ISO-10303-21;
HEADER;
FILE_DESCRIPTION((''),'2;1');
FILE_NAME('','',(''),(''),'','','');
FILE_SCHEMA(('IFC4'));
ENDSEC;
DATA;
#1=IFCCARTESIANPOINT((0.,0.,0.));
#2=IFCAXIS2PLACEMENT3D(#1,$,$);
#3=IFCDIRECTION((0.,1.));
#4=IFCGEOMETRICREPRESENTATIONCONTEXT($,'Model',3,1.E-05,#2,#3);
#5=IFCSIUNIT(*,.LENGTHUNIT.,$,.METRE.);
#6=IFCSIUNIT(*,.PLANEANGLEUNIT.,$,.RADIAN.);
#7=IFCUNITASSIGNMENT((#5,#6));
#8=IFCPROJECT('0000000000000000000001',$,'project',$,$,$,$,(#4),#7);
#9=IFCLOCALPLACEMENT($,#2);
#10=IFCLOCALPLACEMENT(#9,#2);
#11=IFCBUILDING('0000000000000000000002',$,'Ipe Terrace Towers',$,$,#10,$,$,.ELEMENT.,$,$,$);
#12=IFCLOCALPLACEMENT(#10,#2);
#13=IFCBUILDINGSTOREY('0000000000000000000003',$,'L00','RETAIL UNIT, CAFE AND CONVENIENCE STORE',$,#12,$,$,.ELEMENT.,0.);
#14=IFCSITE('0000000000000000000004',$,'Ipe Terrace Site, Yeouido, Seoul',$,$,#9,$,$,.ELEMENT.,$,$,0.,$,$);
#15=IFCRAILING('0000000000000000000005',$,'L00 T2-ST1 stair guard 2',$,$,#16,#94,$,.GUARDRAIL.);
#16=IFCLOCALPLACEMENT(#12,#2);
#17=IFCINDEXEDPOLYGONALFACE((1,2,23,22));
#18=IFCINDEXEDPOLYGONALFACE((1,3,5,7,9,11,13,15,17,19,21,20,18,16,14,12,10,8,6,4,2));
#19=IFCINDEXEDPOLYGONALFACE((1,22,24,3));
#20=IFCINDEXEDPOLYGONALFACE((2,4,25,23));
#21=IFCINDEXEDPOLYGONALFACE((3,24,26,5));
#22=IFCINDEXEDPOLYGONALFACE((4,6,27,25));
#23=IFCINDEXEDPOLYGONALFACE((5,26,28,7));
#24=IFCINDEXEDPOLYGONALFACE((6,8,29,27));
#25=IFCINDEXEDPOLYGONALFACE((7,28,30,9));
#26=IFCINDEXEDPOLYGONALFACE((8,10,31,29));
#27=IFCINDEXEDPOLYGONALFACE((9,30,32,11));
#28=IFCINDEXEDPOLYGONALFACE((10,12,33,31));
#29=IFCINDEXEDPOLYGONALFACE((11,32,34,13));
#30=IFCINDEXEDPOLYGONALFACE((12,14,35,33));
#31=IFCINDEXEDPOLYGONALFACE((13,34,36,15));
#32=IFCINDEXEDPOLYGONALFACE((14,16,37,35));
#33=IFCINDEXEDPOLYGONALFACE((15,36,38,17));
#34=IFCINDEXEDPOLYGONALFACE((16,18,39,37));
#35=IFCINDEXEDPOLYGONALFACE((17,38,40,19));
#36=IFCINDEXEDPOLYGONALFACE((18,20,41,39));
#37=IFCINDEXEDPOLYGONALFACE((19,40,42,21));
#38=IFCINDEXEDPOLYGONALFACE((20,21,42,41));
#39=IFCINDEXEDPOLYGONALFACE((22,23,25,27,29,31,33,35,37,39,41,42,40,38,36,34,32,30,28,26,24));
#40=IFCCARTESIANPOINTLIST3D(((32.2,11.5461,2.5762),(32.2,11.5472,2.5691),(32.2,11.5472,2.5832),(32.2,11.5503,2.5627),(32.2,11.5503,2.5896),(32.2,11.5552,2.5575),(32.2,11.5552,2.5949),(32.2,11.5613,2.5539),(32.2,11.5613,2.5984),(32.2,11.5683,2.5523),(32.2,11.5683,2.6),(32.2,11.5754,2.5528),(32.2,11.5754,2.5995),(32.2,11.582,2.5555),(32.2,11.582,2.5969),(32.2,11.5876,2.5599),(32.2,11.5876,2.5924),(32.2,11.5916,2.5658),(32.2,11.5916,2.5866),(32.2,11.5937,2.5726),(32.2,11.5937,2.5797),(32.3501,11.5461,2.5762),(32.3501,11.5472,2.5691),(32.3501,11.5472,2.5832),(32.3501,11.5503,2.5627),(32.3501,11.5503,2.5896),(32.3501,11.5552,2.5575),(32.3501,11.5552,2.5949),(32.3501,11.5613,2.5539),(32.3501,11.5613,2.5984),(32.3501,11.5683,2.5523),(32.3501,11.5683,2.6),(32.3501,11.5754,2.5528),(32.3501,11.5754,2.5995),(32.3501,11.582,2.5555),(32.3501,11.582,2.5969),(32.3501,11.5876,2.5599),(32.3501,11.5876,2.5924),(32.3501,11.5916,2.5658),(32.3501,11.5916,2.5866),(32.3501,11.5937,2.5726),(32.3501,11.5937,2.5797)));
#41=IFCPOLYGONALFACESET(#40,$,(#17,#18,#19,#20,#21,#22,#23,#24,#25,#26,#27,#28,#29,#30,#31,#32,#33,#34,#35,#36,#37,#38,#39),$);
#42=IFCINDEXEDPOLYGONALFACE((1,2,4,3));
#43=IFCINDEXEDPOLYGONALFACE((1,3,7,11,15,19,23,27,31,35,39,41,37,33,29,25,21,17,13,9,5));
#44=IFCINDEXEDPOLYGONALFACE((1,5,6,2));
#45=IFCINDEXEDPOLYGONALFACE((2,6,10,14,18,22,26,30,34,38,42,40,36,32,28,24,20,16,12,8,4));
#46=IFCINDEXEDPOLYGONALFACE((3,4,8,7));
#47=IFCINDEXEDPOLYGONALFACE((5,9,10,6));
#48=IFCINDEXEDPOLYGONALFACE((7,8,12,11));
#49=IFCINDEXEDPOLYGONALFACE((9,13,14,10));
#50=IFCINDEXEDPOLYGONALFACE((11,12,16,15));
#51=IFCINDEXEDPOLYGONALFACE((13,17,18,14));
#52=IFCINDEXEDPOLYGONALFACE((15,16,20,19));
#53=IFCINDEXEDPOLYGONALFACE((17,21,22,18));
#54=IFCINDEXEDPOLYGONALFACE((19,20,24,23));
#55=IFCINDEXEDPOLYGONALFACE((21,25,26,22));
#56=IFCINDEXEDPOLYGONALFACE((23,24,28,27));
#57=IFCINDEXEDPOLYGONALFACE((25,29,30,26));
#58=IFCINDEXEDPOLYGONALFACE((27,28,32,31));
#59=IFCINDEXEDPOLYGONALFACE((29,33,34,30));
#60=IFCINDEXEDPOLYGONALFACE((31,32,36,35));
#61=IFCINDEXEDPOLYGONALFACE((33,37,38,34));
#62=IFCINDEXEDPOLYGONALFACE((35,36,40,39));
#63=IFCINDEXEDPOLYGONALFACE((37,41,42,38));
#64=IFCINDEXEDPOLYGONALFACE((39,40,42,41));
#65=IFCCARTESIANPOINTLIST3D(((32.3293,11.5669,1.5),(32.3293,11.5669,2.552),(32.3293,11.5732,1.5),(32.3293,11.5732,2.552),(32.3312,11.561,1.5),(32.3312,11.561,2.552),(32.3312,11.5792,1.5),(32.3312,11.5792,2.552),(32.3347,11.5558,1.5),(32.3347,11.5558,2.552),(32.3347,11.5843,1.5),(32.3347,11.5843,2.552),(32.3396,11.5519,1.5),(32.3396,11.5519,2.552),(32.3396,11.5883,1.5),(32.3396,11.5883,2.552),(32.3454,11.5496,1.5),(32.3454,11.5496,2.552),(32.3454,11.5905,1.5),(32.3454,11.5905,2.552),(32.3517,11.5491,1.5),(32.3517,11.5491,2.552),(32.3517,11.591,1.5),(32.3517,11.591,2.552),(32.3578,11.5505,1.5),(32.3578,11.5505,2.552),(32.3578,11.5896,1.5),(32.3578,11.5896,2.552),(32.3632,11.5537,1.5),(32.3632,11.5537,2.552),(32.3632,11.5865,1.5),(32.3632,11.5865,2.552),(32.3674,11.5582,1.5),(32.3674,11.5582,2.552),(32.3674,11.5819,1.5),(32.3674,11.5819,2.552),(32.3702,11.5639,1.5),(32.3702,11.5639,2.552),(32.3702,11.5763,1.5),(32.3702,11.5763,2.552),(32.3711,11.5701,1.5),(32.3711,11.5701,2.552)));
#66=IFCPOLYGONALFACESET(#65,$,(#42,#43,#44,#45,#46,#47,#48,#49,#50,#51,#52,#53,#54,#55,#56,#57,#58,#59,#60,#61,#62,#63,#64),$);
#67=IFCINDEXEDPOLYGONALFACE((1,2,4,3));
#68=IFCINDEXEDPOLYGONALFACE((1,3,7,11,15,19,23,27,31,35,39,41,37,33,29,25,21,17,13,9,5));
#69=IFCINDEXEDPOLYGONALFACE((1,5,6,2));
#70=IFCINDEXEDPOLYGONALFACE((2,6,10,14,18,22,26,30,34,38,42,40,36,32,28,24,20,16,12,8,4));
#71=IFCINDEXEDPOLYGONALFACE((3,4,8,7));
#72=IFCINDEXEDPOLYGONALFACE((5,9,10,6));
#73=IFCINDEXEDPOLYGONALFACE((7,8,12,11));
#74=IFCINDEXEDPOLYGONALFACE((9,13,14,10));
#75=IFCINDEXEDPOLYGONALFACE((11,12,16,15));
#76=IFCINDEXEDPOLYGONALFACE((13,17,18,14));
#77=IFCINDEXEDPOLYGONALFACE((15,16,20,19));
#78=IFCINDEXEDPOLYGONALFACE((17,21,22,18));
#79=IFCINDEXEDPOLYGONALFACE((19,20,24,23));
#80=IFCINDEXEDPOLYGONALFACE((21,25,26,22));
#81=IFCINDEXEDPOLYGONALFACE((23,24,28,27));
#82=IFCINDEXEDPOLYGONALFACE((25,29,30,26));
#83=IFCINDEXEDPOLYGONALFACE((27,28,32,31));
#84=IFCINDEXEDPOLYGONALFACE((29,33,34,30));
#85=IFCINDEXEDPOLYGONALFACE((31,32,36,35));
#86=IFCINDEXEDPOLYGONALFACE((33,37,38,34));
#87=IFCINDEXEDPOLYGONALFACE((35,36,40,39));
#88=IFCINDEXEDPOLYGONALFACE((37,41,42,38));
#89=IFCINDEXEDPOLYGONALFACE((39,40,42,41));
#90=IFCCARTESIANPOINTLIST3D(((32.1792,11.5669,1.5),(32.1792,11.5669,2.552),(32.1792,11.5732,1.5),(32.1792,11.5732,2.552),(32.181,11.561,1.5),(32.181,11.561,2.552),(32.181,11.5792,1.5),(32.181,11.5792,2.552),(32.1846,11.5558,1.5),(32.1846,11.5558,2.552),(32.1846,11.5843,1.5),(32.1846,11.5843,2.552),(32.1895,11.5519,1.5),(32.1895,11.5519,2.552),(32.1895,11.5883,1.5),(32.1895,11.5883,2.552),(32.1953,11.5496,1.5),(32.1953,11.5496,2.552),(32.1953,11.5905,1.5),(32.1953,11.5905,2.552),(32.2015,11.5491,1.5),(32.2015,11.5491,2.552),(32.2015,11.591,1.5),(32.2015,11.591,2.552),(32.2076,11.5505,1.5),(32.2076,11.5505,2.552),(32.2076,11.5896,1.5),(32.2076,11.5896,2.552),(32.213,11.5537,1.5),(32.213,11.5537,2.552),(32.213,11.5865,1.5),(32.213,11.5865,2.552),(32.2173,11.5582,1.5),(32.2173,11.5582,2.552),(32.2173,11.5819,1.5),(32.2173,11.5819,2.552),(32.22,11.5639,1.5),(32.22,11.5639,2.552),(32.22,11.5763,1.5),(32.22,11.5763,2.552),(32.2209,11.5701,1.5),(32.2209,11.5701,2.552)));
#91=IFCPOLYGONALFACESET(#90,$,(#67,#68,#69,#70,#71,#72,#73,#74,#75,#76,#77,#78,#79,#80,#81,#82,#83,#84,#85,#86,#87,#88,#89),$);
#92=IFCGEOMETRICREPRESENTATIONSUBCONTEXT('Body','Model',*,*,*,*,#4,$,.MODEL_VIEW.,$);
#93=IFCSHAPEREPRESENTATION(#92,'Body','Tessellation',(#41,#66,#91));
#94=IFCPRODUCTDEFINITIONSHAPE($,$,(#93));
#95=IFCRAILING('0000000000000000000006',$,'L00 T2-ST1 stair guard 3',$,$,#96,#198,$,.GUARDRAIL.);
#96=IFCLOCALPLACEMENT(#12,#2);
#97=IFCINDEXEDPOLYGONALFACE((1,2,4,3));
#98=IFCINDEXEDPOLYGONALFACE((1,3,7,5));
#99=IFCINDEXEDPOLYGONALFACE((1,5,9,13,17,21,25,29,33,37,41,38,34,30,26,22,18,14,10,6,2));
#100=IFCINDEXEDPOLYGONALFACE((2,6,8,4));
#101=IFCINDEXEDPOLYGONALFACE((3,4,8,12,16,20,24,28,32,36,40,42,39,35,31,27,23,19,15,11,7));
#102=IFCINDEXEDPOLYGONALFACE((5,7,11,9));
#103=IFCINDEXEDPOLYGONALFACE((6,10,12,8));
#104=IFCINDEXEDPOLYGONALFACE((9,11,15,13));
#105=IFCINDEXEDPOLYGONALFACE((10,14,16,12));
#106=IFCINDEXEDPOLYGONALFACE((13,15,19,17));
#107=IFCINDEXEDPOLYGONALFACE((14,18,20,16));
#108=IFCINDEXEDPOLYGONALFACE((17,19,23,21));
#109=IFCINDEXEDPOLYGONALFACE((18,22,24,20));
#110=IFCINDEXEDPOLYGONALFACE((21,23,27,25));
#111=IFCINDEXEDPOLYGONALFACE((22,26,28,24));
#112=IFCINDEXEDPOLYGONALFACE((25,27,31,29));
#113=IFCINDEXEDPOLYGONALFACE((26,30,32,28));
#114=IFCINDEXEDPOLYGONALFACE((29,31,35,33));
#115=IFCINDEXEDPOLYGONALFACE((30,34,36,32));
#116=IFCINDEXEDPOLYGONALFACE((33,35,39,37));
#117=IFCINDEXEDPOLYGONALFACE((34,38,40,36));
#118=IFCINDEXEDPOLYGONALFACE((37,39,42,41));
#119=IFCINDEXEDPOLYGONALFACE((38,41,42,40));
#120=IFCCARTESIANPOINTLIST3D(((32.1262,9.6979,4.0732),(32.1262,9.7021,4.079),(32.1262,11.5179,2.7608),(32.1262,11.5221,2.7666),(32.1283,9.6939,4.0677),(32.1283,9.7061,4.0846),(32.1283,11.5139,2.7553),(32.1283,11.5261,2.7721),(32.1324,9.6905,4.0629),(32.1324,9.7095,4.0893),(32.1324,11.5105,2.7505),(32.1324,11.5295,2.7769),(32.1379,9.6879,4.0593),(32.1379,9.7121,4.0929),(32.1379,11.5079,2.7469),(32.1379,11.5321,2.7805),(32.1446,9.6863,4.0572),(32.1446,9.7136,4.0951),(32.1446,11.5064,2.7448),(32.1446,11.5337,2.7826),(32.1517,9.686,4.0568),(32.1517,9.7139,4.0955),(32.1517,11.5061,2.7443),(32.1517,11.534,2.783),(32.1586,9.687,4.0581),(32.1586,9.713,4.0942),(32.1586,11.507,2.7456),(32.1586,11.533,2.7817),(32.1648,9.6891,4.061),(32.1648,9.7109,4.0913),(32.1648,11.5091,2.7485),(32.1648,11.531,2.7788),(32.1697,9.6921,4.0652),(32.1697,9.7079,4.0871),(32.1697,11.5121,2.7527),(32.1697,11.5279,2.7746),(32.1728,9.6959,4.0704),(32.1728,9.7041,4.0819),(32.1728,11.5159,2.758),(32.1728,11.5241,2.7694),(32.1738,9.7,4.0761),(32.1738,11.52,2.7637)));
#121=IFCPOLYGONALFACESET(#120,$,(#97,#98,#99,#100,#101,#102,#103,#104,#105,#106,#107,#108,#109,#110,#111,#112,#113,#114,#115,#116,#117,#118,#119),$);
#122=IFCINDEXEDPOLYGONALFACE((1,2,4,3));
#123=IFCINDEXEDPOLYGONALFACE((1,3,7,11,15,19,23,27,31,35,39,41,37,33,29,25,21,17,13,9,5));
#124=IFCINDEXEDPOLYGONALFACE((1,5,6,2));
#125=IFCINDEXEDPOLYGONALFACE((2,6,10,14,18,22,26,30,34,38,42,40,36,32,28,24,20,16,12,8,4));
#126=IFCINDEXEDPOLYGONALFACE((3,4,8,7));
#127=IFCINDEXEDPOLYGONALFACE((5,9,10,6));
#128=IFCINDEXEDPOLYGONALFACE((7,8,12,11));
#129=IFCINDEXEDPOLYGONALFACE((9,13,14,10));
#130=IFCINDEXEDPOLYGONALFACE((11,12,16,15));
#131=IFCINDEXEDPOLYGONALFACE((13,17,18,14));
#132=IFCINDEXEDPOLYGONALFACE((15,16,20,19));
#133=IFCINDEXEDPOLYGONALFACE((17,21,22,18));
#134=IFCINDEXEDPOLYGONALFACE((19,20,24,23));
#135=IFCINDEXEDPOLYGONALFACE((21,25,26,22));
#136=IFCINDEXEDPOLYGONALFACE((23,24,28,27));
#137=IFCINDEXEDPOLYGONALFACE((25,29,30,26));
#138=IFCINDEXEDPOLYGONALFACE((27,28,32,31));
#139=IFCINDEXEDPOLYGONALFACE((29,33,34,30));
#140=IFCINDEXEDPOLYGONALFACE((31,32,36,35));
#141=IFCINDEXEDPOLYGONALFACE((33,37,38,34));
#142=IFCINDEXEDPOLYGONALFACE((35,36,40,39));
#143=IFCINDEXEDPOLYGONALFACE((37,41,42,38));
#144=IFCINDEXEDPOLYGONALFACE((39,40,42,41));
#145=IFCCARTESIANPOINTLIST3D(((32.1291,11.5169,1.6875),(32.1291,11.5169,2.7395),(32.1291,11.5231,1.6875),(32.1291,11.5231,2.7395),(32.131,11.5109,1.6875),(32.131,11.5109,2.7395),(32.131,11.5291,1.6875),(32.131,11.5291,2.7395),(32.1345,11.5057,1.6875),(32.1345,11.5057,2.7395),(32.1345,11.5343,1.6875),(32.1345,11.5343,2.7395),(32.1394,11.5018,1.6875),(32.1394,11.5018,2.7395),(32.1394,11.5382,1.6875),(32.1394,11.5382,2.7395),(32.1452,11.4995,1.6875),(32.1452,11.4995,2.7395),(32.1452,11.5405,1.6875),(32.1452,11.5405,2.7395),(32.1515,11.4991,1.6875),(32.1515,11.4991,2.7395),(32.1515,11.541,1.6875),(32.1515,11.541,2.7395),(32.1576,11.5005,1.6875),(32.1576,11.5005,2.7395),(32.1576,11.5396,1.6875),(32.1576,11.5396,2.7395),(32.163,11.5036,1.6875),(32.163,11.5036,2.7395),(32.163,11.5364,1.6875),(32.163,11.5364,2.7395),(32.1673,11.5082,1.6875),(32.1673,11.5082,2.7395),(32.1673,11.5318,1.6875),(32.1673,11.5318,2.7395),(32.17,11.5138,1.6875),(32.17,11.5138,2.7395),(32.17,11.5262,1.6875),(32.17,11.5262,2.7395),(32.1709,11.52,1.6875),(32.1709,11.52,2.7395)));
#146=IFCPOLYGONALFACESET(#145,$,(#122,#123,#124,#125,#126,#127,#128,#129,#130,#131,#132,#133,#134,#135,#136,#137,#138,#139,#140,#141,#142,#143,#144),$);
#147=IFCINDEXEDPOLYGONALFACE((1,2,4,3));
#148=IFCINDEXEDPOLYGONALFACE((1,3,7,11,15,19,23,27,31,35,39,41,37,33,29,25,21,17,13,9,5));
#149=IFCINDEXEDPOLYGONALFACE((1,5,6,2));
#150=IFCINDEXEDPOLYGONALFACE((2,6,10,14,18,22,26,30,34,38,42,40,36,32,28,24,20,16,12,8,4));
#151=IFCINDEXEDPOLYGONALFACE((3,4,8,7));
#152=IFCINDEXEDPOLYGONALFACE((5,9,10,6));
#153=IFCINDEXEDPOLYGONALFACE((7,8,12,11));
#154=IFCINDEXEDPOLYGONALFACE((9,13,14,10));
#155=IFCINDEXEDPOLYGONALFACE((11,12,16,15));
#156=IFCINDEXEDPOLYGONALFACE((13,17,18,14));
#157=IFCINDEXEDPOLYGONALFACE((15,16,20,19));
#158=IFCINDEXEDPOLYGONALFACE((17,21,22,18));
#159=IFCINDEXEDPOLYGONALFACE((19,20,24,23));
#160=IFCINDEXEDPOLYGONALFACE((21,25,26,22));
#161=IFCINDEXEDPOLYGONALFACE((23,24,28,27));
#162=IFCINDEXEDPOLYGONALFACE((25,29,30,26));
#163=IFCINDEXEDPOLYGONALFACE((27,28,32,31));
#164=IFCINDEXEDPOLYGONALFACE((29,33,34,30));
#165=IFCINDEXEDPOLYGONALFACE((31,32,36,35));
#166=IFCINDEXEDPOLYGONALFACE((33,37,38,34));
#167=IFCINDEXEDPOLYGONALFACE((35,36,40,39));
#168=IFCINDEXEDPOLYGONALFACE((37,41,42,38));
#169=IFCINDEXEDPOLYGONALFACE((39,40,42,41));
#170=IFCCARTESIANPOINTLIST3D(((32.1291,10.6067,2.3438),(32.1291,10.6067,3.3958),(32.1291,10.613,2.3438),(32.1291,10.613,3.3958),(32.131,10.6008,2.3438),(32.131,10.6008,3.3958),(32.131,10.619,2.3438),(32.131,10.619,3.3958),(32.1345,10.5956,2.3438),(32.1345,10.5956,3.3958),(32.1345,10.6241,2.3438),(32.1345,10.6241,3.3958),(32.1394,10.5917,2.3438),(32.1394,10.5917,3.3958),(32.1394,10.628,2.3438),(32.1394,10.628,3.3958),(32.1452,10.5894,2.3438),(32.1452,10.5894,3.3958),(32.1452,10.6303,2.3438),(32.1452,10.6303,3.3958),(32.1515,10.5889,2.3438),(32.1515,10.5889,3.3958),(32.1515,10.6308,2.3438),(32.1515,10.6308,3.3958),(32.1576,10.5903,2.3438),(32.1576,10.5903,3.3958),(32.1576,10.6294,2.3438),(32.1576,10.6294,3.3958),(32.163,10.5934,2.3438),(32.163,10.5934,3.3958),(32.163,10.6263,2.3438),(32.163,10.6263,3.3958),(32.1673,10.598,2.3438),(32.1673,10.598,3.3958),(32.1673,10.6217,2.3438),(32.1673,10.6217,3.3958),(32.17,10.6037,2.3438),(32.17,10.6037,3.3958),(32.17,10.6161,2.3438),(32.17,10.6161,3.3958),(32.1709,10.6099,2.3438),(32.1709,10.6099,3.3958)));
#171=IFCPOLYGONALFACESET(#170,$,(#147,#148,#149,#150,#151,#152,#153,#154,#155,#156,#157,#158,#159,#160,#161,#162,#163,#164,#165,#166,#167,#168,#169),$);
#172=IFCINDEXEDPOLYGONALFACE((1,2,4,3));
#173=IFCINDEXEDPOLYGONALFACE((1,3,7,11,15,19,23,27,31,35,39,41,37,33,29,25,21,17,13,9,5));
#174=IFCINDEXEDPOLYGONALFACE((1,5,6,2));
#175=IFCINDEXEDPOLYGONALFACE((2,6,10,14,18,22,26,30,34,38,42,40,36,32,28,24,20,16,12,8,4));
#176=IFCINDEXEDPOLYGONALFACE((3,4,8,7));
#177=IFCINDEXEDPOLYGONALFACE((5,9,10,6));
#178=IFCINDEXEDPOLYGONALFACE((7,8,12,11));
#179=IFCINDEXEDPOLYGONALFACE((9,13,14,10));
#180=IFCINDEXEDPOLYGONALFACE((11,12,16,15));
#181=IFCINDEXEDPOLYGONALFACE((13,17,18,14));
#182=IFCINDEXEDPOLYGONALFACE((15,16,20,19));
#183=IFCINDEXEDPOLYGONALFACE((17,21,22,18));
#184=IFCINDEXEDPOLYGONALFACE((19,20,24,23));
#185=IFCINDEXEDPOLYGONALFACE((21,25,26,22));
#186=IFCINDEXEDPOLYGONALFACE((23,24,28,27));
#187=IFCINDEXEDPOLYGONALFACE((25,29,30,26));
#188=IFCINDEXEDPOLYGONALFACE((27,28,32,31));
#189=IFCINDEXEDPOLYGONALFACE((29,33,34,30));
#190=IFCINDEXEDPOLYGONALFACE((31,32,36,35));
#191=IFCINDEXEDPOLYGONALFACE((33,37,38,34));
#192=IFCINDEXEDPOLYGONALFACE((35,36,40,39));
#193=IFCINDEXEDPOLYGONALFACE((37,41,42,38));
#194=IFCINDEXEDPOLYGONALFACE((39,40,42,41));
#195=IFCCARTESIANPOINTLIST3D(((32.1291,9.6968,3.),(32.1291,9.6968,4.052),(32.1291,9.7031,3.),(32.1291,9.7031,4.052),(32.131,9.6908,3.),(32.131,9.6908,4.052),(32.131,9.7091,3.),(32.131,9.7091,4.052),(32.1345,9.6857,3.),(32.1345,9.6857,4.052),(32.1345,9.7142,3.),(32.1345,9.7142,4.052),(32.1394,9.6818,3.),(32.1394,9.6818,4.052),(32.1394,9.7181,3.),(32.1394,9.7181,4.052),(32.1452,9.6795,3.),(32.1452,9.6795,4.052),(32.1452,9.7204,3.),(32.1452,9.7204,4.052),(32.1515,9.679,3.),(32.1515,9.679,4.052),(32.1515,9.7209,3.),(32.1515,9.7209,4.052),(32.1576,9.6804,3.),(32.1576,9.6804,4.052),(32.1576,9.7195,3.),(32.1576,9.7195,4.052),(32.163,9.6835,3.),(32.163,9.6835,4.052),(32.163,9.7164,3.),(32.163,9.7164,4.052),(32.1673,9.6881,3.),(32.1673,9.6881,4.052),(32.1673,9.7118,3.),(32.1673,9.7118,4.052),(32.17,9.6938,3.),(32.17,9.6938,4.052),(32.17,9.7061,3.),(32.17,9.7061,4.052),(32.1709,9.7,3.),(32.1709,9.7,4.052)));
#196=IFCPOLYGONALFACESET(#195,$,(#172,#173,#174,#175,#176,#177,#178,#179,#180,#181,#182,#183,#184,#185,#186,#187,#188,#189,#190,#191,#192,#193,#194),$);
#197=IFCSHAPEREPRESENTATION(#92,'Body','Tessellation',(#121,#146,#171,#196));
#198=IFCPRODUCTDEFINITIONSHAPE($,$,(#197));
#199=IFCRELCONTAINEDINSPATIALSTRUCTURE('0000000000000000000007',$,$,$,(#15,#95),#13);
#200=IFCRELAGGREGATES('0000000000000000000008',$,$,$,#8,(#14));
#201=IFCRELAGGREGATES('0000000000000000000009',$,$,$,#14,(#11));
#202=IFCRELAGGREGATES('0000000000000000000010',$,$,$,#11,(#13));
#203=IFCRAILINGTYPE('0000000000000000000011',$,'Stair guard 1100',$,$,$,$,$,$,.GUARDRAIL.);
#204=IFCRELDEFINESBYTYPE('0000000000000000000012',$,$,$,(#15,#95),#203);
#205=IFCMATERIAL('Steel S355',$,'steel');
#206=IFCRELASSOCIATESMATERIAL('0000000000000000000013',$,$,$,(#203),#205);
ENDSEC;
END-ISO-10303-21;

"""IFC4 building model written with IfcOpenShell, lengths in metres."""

from ifc_helpers import new_model, si_unit, direction, frame, origin, origin_2d, place, context, subcontext, project, spatial, circle, extrude, material, type_object, element, save


model = new_model("IFC4")

# Units and contexts
model_context = context("Model", 3, precision=1e-05, world=origin(), true_north=direction((0.0, 1.0)))
body_context = subcontext(model_context, "Body", "Model", "MODEL_VIEW")
ifc_project = project(units=[si_unit("LENGTHUNIT", "METRE"), si_unit("PLANEANGLEUNIT", "RADIAN")], contexts=[model_context])

# Site, building, storey
site_placement = place(None, origin())
site = spatial("IfcSite", under=ifc_project, at=site_placement, Name="Ipe Terrace Site, Yeouido, Seoul", CompositionType="ELEMENT", RefElevation=0.0)
building_placement = place(site_placement, origin())
building = spatial("IfcBuilding", under=site, at=building_placement, Name="Ipe Terrace Towers", CompositionType="ELEMENT")
storey_placement = place(building_placement, origin())
storey = spatial("IfcBuildingStorey", under=building, at=storey_placement, Name="L00", Description="RETAIL UNIT, CAFE AND CONVENIENCE STORE", CompositionType="ELEMENT", Elevation=0.0)

# Railings
ifc_material_1 = material(Name="Steel S355", Category="steel")
railing_type_1 = type_object("IfcRailingType", Name="Stair guard 1100", PredefinedType="GUARDRAIL", material=ifc_material_1)
railing_1_placement = place(storey_placement, frame((32.3501, 11.5701, 1.5)))
element("IfcRailing", 1, at=railing_1_placement, inside=storey, type_object=railing_type_1, Name="L00 T2-ST1 stair guard 2", PredefinedType="GUARDRAIL", context=body_context, shape_type="SweptSolid", body=[
    extrude(circle(Radius=0.0239, at=origin_2d()), frame((0.0, 0.0, 1.0762), z_axis=(-1.0, 0.0, 0.0), x_axis=(0.0, -1.0, 0.0)), (0.0, 0.0, 1.0), 0.1501),
    extrude(circle(Radius=0.021, at=origin_2d()), origin(), (0.0, 0.0, 1.0), 1.052),
    extrude(circle(Radius=0.021, at=origin_2d()), frame((-0.1501, 0.0, 0.0)), (0.0, 0.0, 1.0), 1.052),
])
railing_2_placement = place(storey_placement, frame((32.1499, 11.52, 1.6875)))
element("IfcRailing", 2, at=railing_2_placement, inside=storey, type_object=railing_type_1, Name="L00 T2-ST1 stair guard 3", PredefinedType="GUARDRAIL", context=body_context, shape_type="SweptSolid", body=[
    extrude(circle(Radius=0.0239, at=origin_2d()), frame((0.0, 0.0, 1.0762), z_axis=(0.0, -0.811101, 0.584906), x_axis=(1.0, 0.0, 0.0)), (0.0, 0.0, 1.0), 2.2439),
    extrude(circle(Radius=0.021, at=origin_2d()), origin(), (0.0, 0.0, 1.0), 1.052),
    extrude(circle(Radius=0.021, at=origin_2d()), frame((0.0, -0.9102, 0.6562)), (0.0, 0.0, 1.0), 1.052),
    extrude(circle(Radius=0.021, at=origin_2d()), frame((0.0, -1.8201, 1.3125)), (0.0, 0.0, 1.0), 1.052),
])

save(model, "model.ifc")
